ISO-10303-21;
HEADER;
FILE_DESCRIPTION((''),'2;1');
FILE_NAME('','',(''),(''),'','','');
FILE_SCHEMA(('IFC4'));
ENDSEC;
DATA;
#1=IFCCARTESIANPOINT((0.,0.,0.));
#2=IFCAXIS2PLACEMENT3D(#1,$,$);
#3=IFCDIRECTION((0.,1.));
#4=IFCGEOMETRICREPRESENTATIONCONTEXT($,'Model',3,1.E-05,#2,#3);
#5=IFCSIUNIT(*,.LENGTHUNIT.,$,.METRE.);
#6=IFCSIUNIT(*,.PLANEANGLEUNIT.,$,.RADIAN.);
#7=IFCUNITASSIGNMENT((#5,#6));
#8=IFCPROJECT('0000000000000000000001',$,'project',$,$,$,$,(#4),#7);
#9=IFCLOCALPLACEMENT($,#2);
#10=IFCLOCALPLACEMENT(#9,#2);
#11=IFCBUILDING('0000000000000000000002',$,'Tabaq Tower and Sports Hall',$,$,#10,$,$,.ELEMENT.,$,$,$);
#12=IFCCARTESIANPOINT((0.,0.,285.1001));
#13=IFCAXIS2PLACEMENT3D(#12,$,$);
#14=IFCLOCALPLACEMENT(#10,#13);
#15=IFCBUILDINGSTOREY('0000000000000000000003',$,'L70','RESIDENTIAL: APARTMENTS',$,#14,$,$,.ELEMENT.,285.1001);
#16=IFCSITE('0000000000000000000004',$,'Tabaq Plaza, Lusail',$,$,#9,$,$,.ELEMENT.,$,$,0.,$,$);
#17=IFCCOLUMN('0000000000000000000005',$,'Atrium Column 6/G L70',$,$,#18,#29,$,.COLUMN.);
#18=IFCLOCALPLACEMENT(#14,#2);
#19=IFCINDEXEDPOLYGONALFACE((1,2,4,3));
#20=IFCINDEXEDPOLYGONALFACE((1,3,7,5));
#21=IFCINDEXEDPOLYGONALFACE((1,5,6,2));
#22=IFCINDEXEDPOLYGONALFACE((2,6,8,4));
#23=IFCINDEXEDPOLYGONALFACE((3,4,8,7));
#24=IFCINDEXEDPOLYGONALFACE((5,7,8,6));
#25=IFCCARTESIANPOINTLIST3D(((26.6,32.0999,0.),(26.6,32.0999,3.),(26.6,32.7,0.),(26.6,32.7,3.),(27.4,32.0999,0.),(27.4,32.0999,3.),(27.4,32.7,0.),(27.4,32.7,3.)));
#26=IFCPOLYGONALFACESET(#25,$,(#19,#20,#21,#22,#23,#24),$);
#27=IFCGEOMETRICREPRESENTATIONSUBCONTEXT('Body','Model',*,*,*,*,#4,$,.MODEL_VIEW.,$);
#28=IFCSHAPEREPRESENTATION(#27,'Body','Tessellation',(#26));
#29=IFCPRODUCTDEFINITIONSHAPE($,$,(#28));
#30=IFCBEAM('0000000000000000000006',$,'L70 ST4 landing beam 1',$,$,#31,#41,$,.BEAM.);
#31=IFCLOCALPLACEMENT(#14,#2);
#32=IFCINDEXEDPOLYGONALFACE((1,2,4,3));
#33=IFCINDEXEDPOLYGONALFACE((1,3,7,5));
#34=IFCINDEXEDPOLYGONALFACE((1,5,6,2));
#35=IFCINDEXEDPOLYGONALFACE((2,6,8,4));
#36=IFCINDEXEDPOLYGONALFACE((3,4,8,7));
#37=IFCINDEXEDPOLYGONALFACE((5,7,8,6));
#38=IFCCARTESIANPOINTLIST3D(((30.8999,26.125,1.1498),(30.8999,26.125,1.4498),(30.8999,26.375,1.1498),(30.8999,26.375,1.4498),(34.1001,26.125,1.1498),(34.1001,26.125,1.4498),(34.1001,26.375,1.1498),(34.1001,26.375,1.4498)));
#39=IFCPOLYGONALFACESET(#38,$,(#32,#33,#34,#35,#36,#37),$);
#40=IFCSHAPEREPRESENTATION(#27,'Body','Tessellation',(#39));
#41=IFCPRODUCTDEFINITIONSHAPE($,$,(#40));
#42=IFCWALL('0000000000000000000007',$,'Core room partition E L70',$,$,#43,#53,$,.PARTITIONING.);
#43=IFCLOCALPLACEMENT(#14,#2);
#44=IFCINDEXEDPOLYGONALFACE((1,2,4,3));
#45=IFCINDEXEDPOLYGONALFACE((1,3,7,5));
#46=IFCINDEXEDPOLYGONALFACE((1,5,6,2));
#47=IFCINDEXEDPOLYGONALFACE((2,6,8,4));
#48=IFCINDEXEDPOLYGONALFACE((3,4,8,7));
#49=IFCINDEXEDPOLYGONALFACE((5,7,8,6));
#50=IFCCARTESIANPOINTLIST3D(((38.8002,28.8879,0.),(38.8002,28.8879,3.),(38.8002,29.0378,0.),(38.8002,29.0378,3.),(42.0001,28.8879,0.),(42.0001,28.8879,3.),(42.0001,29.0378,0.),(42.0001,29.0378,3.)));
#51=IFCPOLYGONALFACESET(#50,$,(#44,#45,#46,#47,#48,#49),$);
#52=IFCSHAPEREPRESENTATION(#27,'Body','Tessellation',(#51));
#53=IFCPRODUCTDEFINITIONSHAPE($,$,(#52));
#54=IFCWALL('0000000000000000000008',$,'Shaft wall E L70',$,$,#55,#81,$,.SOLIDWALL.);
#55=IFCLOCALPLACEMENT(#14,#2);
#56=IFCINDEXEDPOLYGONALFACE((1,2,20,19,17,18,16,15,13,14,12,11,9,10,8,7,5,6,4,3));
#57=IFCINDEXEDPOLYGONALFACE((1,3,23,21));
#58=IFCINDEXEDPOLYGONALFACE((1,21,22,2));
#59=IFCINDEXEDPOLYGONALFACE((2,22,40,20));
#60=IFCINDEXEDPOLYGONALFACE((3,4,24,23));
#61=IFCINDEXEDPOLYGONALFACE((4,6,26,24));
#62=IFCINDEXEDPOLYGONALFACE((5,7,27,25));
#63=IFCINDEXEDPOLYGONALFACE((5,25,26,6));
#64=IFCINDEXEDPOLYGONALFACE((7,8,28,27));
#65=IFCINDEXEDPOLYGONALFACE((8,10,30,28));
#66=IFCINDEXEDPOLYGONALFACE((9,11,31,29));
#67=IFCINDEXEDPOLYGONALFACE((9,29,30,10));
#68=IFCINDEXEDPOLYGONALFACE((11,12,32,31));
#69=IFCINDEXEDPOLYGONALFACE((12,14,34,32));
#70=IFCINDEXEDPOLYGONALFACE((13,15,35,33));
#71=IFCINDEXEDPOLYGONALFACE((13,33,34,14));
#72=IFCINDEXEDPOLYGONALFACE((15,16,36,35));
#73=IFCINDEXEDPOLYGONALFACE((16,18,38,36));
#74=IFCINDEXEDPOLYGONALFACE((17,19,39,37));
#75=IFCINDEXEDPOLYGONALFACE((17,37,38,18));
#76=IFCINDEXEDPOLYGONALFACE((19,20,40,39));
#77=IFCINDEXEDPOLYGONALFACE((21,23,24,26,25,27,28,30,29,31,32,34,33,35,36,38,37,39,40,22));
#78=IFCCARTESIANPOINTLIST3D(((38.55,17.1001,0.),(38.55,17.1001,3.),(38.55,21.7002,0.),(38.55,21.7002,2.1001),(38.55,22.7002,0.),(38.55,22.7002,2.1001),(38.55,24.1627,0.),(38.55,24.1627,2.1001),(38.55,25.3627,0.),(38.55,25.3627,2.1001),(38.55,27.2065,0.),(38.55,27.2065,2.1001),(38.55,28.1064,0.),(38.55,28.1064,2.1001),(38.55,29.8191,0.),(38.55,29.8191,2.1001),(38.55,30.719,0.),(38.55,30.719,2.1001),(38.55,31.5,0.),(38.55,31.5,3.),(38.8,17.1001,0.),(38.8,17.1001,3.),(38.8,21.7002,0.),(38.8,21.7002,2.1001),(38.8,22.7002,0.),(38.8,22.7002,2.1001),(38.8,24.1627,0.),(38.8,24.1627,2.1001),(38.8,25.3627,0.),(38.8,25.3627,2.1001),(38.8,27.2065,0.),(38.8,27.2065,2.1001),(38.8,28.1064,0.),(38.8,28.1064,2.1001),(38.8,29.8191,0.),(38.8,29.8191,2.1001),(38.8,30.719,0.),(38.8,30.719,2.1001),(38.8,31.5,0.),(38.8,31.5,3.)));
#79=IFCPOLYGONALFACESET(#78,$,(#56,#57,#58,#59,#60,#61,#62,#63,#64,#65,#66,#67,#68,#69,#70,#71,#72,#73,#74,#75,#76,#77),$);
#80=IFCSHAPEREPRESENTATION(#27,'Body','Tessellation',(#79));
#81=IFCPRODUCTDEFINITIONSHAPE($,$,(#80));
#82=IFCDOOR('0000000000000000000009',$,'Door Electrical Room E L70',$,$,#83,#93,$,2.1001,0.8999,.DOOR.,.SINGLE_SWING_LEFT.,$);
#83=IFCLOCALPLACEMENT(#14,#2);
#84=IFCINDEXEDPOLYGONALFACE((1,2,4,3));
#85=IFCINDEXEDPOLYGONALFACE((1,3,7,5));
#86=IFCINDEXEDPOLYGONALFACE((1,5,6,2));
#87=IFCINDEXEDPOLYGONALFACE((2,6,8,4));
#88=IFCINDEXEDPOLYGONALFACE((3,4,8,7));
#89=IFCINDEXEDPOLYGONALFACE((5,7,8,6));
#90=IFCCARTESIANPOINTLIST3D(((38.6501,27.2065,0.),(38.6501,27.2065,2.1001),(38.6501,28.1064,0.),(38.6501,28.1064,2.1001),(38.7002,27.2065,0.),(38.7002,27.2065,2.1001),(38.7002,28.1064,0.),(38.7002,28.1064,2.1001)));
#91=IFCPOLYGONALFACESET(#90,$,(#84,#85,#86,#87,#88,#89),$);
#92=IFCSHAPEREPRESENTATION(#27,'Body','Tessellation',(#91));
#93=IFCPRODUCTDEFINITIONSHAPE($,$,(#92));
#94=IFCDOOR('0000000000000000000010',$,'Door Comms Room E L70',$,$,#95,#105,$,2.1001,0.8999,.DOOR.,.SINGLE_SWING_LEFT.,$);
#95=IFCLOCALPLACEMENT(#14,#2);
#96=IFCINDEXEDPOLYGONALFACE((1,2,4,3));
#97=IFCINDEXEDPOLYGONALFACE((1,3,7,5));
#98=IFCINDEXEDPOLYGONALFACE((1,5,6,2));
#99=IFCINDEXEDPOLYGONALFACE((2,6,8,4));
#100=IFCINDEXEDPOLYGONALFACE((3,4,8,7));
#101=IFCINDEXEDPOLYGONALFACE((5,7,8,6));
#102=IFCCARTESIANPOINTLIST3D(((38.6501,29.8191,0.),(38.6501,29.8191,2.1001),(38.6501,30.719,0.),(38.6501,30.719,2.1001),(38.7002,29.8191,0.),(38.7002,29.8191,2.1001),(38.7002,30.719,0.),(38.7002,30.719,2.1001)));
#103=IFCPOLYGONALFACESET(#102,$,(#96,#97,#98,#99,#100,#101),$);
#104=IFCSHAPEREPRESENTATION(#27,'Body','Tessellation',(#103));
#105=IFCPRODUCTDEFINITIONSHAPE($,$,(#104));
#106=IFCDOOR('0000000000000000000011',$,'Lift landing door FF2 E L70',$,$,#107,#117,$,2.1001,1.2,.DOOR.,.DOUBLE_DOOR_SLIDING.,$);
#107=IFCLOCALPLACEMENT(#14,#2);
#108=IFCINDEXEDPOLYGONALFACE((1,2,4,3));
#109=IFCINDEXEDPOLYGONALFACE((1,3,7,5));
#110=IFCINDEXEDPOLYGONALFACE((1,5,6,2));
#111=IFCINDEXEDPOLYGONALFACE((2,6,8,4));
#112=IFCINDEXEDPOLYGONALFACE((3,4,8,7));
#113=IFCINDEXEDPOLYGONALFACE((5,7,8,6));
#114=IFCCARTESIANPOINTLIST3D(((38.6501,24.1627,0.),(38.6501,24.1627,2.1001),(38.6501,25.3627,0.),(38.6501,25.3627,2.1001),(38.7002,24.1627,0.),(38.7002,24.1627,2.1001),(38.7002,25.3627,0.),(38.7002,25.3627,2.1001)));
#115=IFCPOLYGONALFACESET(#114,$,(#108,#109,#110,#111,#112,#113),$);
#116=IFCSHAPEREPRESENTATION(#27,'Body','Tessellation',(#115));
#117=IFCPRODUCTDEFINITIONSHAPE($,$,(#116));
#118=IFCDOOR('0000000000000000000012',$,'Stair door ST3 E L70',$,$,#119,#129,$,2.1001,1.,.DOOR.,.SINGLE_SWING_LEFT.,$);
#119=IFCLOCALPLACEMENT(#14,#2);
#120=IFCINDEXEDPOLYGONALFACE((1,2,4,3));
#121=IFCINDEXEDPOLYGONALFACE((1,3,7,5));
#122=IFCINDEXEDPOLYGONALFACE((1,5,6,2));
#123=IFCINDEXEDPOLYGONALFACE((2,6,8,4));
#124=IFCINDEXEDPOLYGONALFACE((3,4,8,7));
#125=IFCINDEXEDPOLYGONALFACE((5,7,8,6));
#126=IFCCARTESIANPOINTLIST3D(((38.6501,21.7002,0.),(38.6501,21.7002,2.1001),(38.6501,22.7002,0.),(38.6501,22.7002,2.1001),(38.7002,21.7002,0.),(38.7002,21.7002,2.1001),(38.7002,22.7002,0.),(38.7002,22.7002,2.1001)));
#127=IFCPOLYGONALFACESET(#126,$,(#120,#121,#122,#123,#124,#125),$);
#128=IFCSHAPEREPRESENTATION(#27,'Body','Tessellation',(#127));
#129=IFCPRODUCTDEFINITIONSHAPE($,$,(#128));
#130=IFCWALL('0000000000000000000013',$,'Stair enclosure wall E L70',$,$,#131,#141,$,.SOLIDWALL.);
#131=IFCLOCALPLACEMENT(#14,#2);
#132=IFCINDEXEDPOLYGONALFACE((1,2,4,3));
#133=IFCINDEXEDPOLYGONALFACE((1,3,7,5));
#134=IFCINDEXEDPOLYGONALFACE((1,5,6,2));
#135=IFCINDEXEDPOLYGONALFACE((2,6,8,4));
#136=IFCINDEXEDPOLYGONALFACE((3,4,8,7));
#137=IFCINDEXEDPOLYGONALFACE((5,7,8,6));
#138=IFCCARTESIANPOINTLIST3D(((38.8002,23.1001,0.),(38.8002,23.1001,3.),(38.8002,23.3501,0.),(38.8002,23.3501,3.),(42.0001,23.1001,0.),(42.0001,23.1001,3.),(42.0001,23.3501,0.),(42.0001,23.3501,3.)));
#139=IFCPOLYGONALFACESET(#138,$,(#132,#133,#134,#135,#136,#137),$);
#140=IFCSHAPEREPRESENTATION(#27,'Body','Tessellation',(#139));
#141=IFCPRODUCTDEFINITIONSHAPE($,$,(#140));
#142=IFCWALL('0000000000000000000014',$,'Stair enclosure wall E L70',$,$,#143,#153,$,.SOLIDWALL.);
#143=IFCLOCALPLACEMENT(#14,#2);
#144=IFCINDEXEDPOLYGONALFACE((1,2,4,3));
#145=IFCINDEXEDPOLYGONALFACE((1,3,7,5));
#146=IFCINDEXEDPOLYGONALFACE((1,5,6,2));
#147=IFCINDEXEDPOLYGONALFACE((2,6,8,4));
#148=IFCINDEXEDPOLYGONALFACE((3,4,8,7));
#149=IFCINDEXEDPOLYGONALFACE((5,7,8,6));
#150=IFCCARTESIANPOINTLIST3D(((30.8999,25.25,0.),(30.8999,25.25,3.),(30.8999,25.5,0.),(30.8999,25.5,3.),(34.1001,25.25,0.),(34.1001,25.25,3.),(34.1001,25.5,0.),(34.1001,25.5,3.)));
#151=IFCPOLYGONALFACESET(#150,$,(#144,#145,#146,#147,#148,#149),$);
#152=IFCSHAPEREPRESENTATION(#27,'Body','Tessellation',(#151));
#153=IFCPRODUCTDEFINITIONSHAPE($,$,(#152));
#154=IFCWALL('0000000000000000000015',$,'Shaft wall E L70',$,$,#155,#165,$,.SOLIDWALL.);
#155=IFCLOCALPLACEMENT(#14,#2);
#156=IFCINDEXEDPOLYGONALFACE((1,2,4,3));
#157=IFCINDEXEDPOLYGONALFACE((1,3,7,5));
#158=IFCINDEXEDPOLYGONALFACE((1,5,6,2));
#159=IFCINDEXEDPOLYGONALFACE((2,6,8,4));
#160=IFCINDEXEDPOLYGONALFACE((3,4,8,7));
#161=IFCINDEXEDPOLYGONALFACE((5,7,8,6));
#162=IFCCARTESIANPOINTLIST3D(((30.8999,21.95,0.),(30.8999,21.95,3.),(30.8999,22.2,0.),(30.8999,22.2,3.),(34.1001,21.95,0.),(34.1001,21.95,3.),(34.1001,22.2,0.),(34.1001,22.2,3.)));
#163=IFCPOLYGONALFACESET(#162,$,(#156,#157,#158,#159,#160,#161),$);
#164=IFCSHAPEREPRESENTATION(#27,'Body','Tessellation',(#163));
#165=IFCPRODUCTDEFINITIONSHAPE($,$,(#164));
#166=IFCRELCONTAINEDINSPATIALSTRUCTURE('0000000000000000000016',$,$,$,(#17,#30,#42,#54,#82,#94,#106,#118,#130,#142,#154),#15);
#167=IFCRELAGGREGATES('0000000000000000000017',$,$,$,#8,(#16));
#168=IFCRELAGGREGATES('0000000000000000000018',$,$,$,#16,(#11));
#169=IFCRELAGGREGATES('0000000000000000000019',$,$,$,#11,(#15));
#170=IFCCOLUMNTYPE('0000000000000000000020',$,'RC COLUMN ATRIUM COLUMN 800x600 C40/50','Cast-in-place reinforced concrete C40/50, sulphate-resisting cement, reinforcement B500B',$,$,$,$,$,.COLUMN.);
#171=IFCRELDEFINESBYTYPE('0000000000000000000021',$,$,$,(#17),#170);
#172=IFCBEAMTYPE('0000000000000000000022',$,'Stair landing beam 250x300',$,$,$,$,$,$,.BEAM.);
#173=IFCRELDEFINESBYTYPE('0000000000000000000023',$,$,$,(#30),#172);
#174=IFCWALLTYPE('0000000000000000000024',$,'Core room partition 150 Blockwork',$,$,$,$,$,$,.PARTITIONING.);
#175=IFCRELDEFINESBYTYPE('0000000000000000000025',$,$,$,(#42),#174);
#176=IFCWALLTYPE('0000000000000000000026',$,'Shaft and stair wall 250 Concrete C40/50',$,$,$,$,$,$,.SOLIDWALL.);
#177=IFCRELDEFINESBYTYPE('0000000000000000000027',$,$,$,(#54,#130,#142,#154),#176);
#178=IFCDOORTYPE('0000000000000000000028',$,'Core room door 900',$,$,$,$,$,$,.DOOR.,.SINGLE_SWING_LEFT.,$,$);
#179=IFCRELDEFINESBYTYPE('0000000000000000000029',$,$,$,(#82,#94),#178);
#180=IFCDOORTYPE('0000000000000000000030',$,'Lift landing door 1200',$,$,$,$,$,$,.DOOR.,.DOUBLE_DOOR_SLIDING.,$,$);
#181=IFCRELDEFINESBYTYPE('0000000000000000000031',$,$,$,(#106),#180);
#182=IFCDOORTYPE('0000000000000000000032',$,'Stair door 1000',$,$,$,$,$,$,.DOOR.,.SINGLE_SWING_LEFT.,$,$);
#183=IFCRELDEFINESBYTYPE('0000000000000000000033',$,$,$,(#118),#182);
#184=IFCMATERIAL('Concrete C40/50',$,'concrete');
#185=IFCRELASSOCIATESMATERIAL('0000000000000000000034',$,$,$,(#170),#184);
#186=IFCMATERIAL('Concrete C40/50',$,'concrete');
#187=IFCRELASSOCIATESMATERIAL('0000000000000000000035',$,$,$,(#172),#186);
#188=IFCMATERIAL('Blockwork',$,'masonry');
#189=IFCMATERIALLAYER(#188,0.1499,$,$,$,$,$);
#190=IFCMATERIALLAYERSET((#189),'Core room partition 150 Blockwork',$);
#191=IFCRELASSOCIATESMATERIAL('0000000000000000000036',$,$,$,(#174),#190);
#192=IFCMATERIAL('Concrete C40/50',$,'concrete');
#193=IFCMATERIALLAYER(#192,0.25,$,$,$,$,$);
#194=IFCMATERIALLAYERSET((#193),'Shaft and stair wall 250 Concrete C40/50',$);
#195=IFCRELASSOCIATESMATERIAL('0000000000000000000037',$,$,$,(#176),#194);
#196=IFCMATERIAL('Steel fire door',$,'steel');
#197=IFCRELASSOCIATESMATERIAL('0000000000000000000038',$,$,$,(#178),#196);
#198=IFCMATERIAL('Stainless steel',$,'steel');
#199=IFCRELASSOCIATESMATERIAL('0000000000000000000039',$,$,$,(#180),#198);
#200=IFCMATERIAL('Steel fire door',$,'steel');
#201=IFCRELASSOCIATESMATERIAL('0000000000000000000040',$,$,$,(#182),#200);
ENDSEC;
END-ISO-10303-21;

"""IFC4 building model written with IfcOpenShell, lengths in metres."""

from ifc_helpers import new_model, si_unit, direction, frame, frame_2d, origin, origin_2d, place, context, subcontext, project, spatial, rectangle, extrude, material, layer, layer_set, material_profile, profile_set, type_object, element, fill, save


model = new_model("IFC4")

# Units and contexts
model_context = context("Model", 3, precision=1e-05, world=origin(), true_north=direction((0.0, 1.0)))
body_context = subcontext(model_context, "Body", "Model", "MODEL_VIEW")
ifc_project = project(units=[si_unit("LENGTHUNIT", "METRE"), si_unit("PLANEANGLEUNIT", "RADIAN")], contexts=[model_context])

# Site, building, storey
site_placement = place(None, origin())
site = spatial("IfcSite", under=ifc_project, at=site_placement, Name="Tabaq Plaza, Lusail", CompositionType="ELEMENT", RefElevation=0.0)
building_placement = place(site_placement, origin())
building = spatial("IfcBuilding", under=site, at=building_placement, Name="Tabaq Tower and Sports Hall", CompositionType="ELEMENT")
storey_placement = place(building_placement, frame((0.0, 0.0, 285.1001)))
storey = spatial("IfcBuildingStorey", under=building, at=storey_placement, Name="L70", Description="RESIDENTIAL: APARTMENTS", CompositionType="ELEMENT", Elevation=285.1001)

# Column
ifc_material_1 = material(Name="Concrete C40/50", Category="concrete")
ifc_material_profile_1 = material_profile(ifc_material_1, rectangle(XDim=0.8, YDim=0.6001, at=origin_2d()), Name="ATRIUM COLUMN 800x600")
ifc_profile_set_1 = profile_set([ifc_material_profile_1], Name="Concrete C40/50")
column_type = type_object("IfcColumnType", Name="RC COLUMN ATRIUM COLUMN 800x600 C40/50", Description="Cast-in-place reinforced concrete C40/50, sulphate-resisting cement, reinforcement B500B", PredefinedType="COLUMN", material=ifc_profile_set_1)
column_placement = place(storey_placement, frame((27.0, 32.3999, 0.0), z_axis=(0.0, 0.0, 1.0), x_axis=(1.0, 0.0, 0.0)))
element("IfcColumn", 1, at=column_placement, inside=storey, type_object=column_type, Name="Atrium Column 6/G L70", PredefinedType="COLUMN", context=body_context, shape_type="SweptSolid", body=[
    extrude(rectangle(XDim=0.8, YDim=0.6001, at=origin_2d()), origin(), (0.0, 0.0, 1.0), 3.0),
])

# Beam
ifc_material_2 = material(Name="Concrete C40/50", Category="concrete")
ifc_material_profile_2 = material_profile(ifc_material_2, rectangle(XDim=0.25, YDim=0.3, at=origin_2d()), Name="RC 250x300")
ifc_profile_set_2 = profile_set([ifc_material_profile_2], Name="Concrete C40/50")
beam_type = type_object("IfcBeamType", Name="Stair landing beam 250x300", PredefinedType="BEAM", material=ifc_profile_set_2)
beam_placement = place(storey_placement, frame((30.8999, 26.25, 1.2998), z_axis=(1.0, 0.0, 0.0), x_axis=(0.0, 1.0, 0.0)))
element("IfcBeam", 2, at=beam_placement, inside=storey, type_object=beam_type, Name="L70 ST4 landing beam 1", PredefinedType="BEAM", context=body_context, shape_type="SweptSolid", body=[
    extrude(rectangle(XDim=0.25, YDim=0.3, at=origin_2d()), origin(), (0.0, 0.0, 1.0), 3.2002),
])

# Wall
ifc_material_3 = material(Name="Blockwork", Category="masonry")
ifc_layer_1 = layer(ifc_material_3, 0.1499)
ifc_layer_set_1 = layer_set([ifc_layer_1], Name="Core room partition 150 Blockwork")
wall_type_1 = type_object("IfcWallType", Name="Core room partition 150 Blockwork", PredefinedType="PARTITIONING", material=ifc_layer_set_1)
wall_1_placement = place(storey_placement, frame((38.8, 28.9629, 0.0), z_axis=(0.0, 0.0, 1.0), x_axis=(1.0, 0.0, 0.0)))
element("IfcWall", 3, at=wall_1_placement, inside=storey, type_object=wall_type_1, Name="Core room partition E L70", PredefinedType="PARTITIONING", context=body_context, shape_type="SweptSolid", body=[
    extrude(rectangle(XDim=3.2, YDim=0.1499, at=frame_2d((1.6001, 0.0))), origin(), (0.0, 0.0, 1.0), 3.0),
])

# Wall, openings, doors
ifc_material_4 = material(Name="Concrete C40/50", Category="concrete")
ifc_layer_2 = layer(ifc_material_4, 0.25)
ifc_layer_set_2 = layer_set([ifc_layer_2], Name="Shaft and stair wall 250 Concrete C40/50")
wall_type_2 = type_object("IfcWallType", Name="Shaft and stair wall 250 Concrete C40/50", PredefinedType="SOLIDWALL", material=ifc_layer_set_2)
wall_2_placement = place(storey_placement, frame((38.675, 17.1001, 0.0), z_axis=(0.0, 0.0, 1.0), x_axis=(0.0, 1.0, 0.0)))
wall_2 = element("IfcWall", 4, at=wall_2_placement, inside=storey, type_object=wall_type_2, Name="Shaft wall E L70", PredefinedType="SOLIDWALL", context=body_context, shape_type="SweptSolid", body=[
    extrude(rectangle(XDim=14.3999, YDim=0.25, at=frame_2d((7.2, 0.0))), origin(), (0.0, 0.0, 1.0), 3.0),
])
opening_1_placement = place(wall_2_placement, frame((4.6001, 0.0, 0.0)))
opening_1 = element("IfcOpeningElement", 5, at=opening_1_placement, cuts=wall_2, PredefinedType="OPENING", context=body_context, shape_type="SweptSolid", body=[
    extrude(rectangle(XDim=1.0, YDim=2.1001, at=frame_2d((0.5, 1.05))), frame((0.0, 0.125, 0.0), z_axis=(0.0, -1.0, 0.0), x_axis=(1.0, 0.0, 0.0)), (0.0, 0.0, 1.0), 0.25),
])
opening_2_placement = place(wall_2_placement, frame((7.0625, 0.0, 0.0)))
opening_2 = element("IfcOpeningElement", 6, at=opening_2_placement, cuts=wall_2, PredefinedType="OPENING", context=body_context, shape_type="SweptSolid", body=[
    extrude(rectangle(XDim=1.2, YDim=2.1001, at=frame_2d((0.6001, 1.05))), frame((0.0, 0.125, 0.0), z_axis=(0.0, -1.0, 0.0), x_axis=(1.0, 0.0, 0.0)), (0.0, 0.0, 1.0), 0.25),
])
opening_3_placement = place(wall_2_placement, frame((10.1064, 0.0, 0.0)))
opening_3 = element("IfcOpeningElement", 7, at=opening_3_placement, cuts=wall_2, PredefinedType="OPENING", context=body_context, shape_type="SweptSolid", body=[
    extrude(rectangle(XDim=0.8999, YDim=2.1001, at=frame_2d((0.45, 1.05))), frame((0.0, 0.125, 0.0), z_axis=(0.0, -1.0, 0.0), x_axis=(1.0, 0.0, 0.0)), (0.0, 0.0, 1.0), 0.25),
])
opening_4_placement = place(wall_2_placement, frame((12.719, 0.0, 0.0)))
opening_4 = element("IfcOpeningElement", 8, at=opening_4_placement, cuts=wall_2, PredefinedType="OPENING", context=body_context, shape_type="SweptSolid", body=[
    extrude(rectangle(XDim=0.8999, YDim=2.1001, at=frame_2d((0.45, 1.05))), frame((0.0, 0.125, 0.0), z_axis=(0.0, -1.0, 0.0), x_axis=(1.0, 0.0, 0.0)), (0.0, 0.0, 1.0), 0.25),
])
ifc_material_5 = material(Name="Steel fire door", Category="steel")
door_type_1 = type_object("IfcDoorType", Name="Core room door 900", OperationType="SINGLE_SWING_LEFT", PredefinedType="DOOR", material=ifc_material_5)
door_1_placement = place(opening_3_placement, origin())
door_1 = element("IfcDoor", 9, at=door_1_placement, inside=storey, type_object=door_type_1, Name="Door Electrical Room E L70", OperationType="SINGLE_SWING_LEFT", OverallHeight=2.1001, OverallWidth=0.8999, PredefinedType="DOOR", context=body_context, shape_type="SweptSolid", body=[
    extrude(rectangle(XDim=0.8999, YDim=2.1001, at=frame_2d((0.45, 1.05))), frame((0.0, 0.0249, 0.0), z_axis=(0.0, -1.0, 0.0), x_axis=(1.0, 0.0, 0.0)), (0.0, 0.0, 1.0), 0.05),
])
fill(opening_3, door_1)
door_2_placement = place(opening_4_placement, origin())
door_2 = element("IfcDoor", 10, at=door_2_placement, inside=storey, type_object=door_type_1, Name="Door Comms Room E L70", OperationType="SINGLE_SWING_LEFT", OverallHeight=2.1001, OverallWidth=0.8999, PredefinedType="DOOR", context=body_context, shape_type="SweptSolid", body=[
    extrude(rectangle(XDim=0.8999, YDim=2.1001, at=frame_2d((0.45, 1.05))), frame((0.0, 0.0249, 0.0), z_axis=(0.0, -1.0, 0.0), x_axis=(1.0, 0.0, 0.0)), (0.0, 0.0, 1.0), 0.05),
])
fill(opening_4, door_2)
ifc_material_6 = material(Name="Stainless steel", Category="steel")
door_type_2 = type_object("IfcDoorType", Name="Lift landing door 1200", OperationType="DOUBLE_DOOR_SLIDING", PredefinedType="DOOR", material=ifc_material_6)
door_3_placement = place(opening_2_placement, origin())
door_3 = element("IfcDoor", 11, at=door_3_placement, inside=storey, type_object=door_type_2, Name="Lift landing door FF2 E L70", OperationType="DOUBLE_DOOR_SLIDING", OverallHeight=2.1001, OverallWidth=1.2, PredefinedType="DOOR", context=body_context, shape_type="SweptSolid", body=[
    extrude(rectangle(XDim=1.2, YDim=2.1001, at=frame_2d((0.6001, 1.05))), frame((0.0, 0.0249, 0.0), z_axis=(0.0, -1.0, 0.0), x_axis=(1.0, 0.0, 0.0)), (0.0, 0.0, 1.0), 0.05),
])
fill(opening_2, door_3)
ifc_material_7 = material(Name="Steel fire door", Category="steel")
door_type_3 = type_object("IfcDoorType", Name="Stair door 1000", OperationType="SINGLE_SWING_LEFT", PredefinedType="DOOR", material=ifc_material_7)
door_4_placement = place(opening_1_placement, origin())
door_4 = element("IfcDoor", 12, at=door_4_placement, inside=storey, type_object=door_type_3, Name="Stair door ST3 E L70", OperationType="SINGLE_SWING_LEFT", OverallHeight=2.1001, OverallWidth=1.0, PredefinedType="DOOR", context=body_context, shape_type="SweptSolid", body=[
    extrude(rectangle(XDim=1.0, YDim=2.1001, at=frame_2d((0.5, 1.05))), frame((0.0, 0.0249, 0.0), z_axis=(0.0, -1.0, 0.0), x_axis=(1.0, 0.0, 0.0)), (0.0, 0.0, 1.0), 0.05),
])
fill(opening_1, door_4)

# Walls
wall_3_placement = place(storey_placement, frame((38.8, 23.2251, 0.0), z_axis=(0.0, 0.0, 1.0), x_axis=(1.0, 0.0, 0.0)))
element("IfcWall", 13, at=wall_3_placement, inside=storey, type_object=wall_type_2, Name="Stair enclosure wall E L70", PredefinedType="SOLIDWALL", context=body_context, shape_type="SweptSolid", body=[
    extrude(rectangle(XDim=3.2, YDim=0.25, at=frame_2d((1.6001, 0.0))), origin(), (0.0, 0.0, 1.0), 3.0),
])
for number, where, z_axis, x_axis, name in (
    (14, (30.8999, 25.375, 0.0), (0.0, 0.0, 1.0), (1.0, 0.0, 0.0), "Stair enclosure wall E L70"),
    (15, (30.8999, 22.075, 0.0), (0.0, 0.0, 1.0), (1.0, 0.0, 0.0), "Shaft wall E L70"),
):
    element("IfcWall", number, at=place(storey_placement, frame(where, z_axis=z_axis, x_axis=x_axis)), inside=storey, type_object=wall_type_2, Name=name, PredefinedType="SOLIDWALL", context=body_context, shape_type="SweptSolid", body=[
        extrude(rectangle(XDim=3.2002, YDim=0.25, at=frame_2d((1.6001, 0.0))), origin(), (0.0, 0.0, 1.0), 3.0),
    ])

save(model, "model.ifc")
